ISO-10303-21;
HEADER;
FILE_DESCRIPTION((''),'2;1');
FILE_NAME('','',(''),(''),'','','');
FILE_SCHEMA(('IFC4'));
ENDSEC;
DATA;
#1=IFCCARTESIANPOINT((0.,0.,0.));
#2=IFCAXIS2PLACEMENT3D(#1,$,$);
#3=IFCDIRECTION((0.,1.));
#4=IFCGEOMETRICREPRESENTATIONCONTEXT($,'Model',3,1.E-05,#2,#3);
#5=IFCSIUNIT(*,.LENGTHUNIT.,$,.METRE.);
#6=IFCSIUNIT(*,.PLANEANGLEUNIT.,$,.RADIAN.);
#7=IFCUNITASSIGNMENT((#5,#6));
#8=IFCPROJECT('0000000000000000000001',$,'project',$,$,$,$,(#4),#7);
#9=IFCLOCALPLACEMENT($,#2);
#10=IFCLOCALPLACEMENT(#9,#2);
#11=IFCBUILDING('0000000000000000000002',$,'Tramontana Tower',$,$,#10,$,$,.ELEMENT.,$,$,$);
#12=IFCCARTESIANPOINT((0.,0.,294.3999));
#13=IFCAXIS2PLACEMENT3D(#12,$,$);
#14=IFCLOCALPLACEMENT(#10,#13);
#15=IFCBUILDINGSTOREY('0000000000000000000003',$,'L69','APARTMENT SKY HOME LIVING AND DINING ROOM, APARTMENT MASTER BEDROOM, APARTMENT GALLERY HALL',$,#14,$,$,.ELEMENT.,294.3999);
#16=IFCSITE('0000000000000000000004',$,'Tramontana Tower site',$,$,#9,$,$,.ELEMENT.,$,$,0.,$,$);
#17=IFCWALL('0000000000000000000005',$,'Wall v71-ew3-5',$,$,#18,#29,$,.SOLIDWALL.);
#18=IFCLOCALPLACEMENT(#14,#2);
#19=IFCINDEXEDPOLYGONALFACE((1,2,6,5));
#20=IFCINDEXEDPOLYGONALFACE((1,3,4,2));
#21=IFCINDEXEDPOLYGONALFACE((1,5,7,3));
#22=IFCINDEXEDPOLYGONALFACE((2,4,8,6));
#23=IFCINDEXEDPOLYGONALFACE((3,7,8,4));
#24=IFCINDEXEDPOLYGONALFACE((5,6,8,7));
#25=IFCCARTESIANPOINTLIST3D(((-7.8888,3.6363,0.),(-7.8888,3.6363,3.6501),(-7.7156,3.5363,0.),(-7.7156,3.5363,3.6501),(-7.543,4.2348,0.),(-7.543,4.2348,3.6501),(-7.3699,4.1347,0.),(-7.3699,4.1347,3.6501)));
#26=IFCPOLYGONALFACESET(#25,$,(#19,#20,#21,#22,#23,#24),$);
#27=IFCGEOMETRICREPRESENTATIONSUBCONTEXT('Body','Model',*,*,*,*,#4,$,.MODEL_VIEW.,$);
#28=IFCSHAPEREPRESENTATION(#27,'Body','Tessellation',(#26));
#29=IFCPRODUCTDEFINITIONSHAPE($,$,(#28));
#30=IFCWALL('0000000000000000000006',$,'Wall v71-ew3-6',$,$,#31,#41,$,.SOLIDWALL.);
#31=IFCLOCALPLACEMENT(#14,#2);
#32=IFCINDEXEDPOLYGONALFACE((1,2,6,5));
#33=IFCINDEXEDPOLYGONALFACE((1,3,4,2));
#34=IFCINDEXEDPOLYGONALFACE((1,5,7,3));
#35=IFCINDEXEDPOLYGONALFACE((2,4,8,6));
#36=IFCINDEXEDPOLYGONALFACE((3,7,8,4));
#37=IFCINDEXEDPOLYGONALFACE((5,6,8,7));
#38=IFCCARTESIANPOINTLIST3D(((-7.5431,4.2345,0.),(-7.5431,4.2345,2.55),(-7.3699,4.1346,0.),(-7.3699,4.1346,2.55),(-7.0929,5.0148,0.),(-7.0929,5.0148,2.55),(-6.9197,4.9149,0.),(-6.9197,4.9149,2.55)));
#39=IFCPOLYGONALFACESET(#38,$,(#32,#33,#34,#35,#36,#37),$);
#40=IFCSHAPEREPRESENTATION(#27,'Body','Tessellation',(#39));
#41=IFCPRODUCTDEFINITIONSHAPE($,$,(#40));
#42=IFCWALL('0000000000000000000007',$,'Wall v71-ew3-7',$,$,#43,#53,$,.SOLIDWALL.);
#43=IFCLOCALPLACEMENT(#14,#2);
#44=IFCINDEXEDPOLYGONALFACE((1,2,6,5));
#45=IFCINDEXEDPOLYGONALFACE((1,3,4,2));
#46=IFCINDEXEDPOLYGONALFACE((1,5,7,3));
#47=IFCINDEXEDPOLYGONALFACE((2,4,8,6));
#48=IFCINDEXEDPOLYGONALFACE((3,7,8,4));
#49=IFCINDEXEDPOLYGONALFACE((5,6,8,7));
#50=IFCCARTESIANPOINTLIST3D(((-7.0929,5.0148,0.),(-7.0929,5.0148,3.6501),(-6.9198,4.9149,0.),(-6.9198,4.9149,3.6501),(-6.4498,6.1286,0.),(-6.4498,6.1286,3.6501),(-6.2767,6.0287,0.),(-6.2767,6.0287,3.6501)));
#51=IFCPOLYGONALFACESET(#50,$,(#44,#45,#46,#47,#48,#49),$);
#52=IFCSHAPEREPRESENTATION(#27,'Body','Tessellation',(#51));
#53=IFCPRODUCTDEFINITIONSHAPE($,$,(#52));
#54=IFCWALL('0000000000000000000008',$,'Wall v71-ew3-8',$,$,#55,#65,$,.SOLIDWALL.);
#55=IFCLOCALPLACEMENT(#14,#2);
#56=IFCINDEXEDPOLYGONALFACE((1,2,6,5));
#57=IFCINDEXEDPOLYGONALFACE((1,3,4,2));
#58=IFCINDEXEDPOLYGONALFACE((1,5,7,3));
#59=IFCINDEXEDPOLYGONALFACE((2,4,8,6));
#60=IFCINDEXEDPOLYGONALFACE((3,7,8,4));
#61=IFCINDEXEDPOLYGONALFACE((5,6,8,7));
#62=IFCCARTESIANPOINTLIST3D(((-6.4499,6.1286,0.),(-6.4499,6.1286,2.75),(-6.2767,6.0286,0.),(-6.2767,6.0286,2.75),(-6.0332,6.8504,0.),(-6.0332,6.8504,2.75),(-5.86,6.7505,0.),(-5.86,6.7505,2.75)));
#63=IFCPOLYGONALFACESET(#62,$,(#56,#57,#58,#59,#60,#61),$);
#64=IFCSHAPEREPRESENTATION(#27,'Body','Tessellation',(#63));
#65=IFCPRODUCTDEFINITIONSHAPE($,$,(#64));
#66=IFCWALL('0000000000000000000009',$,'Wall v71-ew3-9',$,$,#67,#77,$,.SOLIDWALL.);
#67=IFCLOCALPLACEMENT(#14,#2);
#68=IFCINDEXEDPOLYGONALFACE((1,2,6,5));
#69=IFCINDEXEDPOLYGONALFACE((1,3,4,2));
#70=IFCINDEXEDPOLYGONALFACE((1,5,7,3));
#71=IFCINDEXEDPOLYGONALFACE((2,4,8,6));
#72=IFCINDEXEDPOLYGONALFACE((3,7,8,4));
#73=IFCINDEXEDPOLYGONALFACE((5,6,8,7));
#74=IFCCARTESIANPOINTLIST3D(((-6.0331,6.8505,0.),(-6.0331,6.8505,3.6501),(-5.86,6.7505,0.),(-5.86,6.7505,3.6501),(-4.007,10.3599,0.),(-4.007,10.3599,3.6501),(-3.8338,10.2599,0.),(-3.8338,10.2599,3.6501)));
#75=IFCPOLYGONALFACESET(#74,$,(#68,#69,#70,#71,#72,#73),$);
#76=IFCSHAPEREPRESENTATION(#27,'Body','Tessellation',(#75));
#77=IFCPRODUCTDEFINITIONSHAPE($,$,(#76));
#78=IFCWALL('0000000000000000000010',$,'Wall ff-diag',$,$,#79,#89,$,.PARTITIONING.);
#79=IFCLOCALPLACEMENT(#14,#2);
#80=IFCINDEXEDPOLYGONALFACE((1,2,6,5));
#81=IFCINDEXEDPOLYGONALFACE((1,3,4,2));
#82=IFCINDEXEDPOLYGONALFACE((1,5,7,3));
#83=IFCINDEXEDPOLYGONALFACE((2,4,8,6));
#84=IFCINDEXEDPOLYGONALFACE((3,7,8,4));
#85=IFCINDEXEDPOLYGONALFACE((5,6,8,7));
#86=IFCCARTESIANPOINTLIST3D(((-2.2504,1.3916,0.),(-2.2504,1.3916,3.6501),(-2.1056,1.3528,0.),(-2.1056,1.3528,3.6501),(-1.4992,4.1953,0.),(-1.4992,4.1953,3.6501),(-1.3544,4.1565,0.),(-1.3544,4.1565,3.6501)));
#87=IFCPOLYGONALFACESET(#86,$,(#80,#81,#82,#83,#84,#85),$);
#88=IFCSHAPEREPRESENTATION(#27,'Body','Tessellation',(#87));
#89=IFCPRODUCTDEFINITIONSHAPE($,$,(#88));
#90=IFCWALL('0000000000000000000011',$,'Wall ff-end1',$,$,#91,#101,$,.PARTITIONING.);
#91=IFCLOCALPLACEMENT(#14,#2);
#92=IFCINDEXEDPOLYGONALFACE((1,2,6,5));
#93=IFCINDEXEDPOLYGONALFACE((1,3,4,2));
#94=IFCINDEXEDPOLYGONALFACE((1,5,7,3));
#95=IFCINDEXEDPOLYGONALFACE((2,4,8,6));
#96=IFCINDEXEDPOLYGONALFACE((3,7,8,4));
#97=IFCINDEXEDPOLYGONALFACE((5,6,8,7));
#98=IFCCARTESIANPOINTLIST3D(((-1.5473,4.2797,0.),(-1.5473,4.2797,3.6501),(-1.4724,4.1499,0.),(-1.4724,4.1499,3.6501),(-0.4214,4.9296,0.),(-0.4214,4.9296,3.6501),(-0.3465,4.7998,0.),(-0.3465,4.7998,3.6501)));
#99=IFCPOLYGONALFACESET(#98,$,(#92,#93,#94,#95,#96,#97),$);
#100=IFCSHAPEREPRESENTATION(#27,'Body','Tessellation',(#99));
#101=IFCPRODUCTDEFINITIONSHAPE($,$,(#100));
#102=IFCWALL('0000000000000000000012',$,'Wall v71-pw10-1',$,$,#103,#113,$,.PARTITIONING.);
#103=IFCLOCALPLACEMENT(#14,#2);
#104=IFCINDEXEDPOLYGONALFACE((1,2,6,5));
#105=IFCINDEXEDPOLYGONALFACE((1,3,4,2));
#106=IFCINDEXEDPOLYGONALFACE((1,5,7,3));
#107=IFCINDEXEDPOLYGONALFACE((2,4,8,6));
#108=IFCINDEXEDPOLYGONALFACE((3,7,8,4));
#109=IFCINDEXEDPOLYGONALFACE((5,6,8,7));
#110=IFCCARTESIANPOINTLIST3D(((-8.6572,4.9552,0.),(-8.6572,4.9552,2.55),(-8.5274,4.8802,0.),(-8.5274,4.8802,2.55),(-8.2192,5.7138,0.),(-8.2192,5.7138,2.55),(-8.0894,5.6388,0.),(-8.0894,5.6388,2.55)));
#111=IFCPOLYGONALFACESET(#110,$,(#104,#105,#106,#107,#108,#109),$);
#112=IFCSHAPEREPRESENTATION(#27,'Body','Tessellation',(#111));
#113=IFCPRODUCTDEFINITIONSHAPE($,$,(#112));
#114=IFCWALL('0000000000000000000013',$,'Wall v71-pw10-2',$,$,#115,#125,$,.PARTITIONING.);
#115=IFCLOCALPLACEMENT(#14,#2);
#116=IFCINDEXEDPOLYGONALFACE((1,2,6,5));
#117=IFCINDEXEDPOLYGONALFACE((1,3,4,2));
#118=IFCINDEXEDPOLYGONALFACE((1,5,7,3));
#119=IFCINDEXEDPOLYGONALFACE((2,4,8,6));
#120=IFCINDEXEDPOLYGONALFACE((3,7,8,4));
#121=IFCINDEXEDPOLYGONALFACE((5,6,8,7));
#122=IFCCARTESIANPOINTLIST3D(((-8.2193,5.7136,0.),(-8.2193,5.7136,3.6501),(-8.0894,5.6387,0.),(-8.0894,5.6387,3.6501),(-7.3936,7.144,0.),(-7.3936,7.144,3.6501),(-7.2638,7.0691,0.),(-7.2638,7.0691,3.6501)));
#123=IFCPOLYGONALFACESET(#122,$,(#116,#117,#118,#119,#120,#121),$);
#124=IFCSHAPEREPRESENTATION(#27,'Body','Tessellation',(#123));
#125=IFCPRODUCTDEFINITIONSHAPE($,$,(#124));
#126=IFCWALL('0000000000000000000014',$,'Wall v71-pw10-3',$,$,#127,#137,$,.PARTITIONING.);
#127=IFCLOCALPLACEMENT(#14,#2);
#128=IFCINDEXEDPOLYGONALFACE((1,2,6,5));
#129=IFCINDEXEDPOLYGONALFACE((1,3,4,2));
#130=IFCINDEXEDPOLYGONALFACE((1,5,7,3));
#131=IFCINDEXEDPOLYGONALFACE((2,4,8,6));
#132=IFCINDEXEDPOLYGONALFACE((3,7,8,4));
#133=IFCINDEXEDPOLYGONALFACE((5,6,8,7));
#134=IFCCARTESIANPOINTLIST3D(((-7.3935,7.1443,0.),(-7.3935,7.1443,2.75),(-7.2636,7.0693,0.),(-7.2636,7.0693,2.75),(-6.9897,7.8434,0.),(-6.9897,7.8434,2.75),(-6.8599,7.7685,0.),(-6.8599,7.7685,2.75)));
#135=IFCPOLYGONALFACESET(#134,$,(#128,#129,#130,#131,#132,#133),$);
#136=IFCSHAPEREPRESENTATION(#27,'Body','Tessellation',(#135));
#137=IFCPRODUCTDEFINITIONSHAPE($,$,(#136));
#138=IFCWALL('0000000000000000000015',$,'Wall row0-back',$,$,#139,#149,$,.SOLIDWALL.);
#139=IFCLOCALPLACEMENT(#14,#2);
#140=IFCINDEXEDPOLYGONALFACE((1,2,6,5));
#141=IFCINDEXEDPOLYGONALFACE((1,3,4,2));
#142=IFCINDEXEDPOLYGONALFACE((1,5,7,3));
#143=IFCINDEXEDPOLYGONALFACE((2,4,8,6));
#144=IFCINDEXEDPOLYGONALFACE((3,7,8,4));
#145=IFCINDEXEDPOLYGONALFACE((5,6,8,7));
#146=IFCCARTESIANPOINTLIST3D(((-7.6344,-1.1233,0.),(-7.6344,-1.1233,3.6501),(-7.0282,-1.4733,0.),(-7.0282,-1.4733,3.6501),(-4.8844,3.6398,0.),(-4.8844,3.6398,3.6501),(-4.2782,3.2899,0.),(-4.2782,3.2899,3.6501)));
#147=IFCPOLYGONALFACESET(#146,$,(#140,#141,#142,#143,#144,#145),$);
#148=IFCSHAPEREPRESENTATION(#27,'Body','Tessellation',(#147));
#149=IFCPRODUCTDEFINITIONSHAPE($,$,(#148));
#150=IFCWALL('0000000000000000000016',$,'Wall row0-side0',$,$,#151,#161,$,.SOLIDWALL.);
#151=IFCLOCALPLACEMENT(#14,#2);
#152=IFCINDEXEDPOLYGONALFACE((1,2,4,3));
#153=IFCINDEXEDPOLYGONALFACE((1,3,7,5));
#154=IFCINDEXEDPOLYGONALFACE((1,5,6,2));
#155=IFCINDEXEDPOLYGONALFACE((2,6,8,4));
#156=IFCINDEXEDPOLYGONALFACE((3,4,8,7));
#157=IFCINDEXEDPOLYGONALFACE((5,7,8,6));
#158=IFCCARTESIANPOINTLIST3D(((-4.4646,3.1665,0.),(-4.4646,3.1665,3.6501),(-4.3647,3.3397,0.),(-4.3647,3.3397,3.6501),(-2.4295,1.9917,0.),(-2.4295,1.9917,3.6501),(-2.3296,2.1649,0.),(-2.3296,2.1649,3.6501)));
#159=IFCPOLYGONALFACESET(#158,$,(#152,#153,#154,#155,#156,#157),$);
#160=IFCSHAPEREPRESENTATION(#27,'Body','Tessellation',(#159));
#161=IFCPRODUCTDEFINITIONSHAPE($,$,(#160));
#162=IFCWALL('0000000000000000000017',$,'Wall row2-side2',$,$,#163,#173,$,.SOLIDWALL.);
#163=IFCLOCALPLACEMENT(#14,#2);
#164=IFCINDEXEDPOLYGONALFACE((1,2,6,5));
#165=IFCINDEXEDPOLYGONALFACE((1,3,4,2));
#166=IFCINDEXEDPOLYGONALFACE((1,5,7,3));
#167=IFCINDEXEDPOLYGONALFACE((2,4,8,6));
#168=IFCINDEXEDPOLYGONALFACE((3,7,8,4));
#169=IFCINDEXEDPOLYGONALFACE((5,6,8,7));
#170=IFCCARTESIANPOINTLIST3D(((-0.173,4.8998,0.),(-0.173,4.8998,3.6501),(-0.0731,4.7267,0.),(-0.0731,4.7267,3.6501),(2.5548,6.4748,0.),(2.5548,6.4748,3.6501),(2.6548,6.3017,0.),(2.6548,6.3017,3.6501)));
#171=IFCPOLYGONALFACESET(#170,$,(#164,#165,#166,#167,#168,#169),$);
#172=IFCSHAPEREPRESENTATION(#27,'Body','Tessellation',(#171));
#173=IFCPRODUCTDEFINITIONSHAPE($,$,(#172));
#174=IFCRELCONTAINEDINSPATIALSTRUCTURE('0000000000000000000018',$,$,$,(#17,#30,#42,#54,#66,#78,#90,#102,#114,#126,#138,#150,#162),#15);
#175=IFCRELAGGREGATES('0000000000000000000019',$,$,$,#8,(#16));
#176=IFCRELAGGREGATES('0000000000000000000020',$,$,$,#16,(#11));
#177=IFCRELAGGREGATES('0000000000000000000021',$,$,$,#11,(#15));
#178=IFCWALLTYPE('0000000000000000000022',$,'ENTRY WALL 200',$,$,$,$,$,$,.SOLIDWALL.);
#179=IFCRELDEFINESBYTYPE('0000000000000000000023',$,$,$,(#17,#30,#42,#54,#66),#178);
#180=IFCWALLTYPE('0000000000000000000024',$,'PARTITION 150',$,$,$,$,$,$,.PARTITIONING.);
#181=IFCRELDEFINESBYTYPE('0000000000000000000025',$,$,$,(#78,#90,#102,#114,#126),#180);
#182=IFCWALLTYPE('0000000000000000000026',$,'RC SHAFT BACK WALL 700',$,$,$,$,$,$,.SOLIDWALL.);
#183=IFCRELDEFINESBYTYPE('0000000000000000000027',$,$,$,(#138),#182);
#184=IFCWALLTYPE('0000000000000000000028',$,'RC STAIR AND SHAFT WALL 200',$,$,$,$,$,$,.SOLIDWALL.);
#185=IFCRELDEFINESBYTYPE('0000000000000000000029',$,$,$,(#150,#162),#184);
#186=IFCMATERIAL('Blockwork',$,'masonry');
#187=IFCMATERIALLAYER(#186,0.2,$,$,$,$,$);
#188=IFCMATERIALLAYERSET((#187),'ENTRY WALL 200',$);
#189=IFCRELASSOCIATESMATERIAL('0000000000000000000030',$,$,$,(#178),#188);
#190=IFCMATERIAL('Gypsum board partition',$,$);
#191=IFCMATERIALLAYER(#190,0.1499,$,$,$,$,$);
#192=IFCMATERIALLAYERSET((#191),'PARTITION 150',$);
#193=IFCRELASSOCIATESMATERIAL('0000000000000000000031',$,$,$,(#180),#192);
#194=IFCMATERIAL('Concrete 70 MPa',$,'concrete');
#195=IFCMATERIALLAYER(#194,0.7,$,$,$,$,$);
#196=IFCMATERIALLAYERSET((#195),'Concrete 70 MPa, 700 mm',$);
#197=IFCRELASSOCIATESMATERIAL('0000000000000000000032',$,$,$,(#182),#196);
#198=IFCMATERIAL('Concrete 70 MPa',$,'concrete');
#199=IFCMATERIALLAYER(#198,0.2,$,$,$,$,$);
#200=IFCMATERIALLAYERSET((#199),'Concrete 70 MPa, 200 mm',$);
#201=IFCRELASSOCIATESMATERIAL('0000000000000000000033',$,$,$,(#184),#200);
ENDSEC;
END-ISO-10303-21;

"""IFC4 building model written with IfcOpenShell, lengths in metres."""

from ifc_helpers import new_model, si_unit, direction, frame, frame_2d, origin, place, context, subcontext, project, spatial, rectangle, extrude, material, layer, layer_set, type_object, element, save


model = new_model("IFC4")

# Units and contexts
model_context = context("Model", 3, precision=1e-05, world=origin(), true_north=direction((0.0, 1.0)))
body_context = subcontext(model_context, "Body", "Model", "MODEL_VIEW")
ifc_project = project(units=[si_unit("LENGTHUNIT", "METRE"), si_unit("PLANEANGLEUNIT", "RADIAN")], contexts=[model_context])

# Site, building, storey
site_placement = place(None, origin())
site = spatial("IfcSite", under=ifc_project, at=site_placement, Name="Tramontana Tower site", CompositionType="ELEMENT", RefElevation=0.0)
building_placement = place(site_placement, origin())
building = spatial("IfcBuilding", under=site, at=building_placement, Name="Tramontana Tower", CompositionType="ELEMENT")
storey_placement = place(building_placement, frame((0.0, 0.0, 294.3999)))
storey = spatial("IfcBuildingStorey", under=building, at=storey_placement, Name="L69", Description="APARTMENT SKY HOME LIVING AND DINING ROOM, APARTMENT MASTER BEDROOM, APARTMENT GALLERY HALL", CompositionType="ELEMENT", Elevation=294.3999)

# Shared definitions
ifc_material_1 = material(Name="Blockwork", Category="masonry")
ifc_layer_1 = layer(ifc_material_1, 0.2)
ifc_layer_set_1 = layer_set([ifc_layer_1], Name="ENTRY WALL 200")
wall_type_1 = type_object("IfcWallType", Name="ENTRY WALL 200", PredefinedType="SOLIDWALL", material=ifc_layer_set_1)

# Walls
wall_1_placement = place(storey_placement, frame((-7.8022, 3.5862, 0.0), z_axis=(0.0, 0.0, 1.0), x_axis=(0.500242, 0.865885, 0.0)))
element("IfcWall", 1, at=wall_1_placement, inside=storey, type_object=wall_type_1, Name="Wall v71-ew3-5", PredefinedType="SOLIDWALL", context=body_context, shape_type="SweptSolid", body=[
    extrude(rectangle(XDim=0.6912, YDim=0.2, at=frame_2d((0.3457, 0.0))), origin(), (0.0, 0.0, 1.0), 3.6501),
])
wall_2_placement = place(storey_placement, frame((-7.4565, 4.1846, 0.0), z_axis=(0.0, 0.0, 1.0), x_axis=(0.499754, 0.866168, 0.0)))
element("IfcWall", 2, at=wall_2_placement, inside=storey, type_object=wall_type_1, Name="Wall v71-ew3-6", PredefinedType="SOLIDWALL", context=body_context, shape_type="SweptSolid", body=[
    extrude(rectangle(XDim=0.9009, YDim=0.2, at=frame_2d((0.4504, 0.0))), origin(), (0.0, 0.0, 1.0), 2.55),
])
wall_3_placement = place(storey_placement, frame((-7.0063, 4.9648, 0.0), z_axis=(0.0, 0.0, 1.0), x_axis=(0.500018, 0.866015, 0.0)))
element("IfcWall", 3, at=wall_3_placement, inside=storey, type_object=wall_type_1, Name="Wall v71-ew3-7", PredefinedType="SOLIDWALL", context=body_context, shape_type="SweptSolid", body=[
    extrude(rectangle(XDim=1.2861, YDim=0.2, at=frame_2d((0.6431, 0.0))), origin(), (0.0, 0.0, 1.0), 3.6501),
])
wall_4_placement = place(storey_placement, frame((-6.3633, 6.0786, 0.0), z_axis=(0.0, 0.0, 1.0), x_axis=(0.499951, 0.866054, 0.0)))
element("IfcWall", 4, at=wall_4_placement, inside=storey, type_object=wall_type_1, Name="Wall v71-ew3-8", PredefinedType="SOLIDWALL", context=body_context, shape_type="SweptSolid", body=[
    extrude(rectangle(XDim=0.8335, YDim=0.2, at=frame_2d((0.4167, 0.0))), origin(), (0.0, 0.0, 1.0), 2.75),
])
wall_5_placement = place(storey_placement, frame((-5.9465, 6.8005, 0.0), z_axis=(0.0, 0.0, 1.0), x_axis=(0.500008, 0.866021, 0.0)))
element("IfcWall", 5, at=wall_5_placement, inside=storey, type_object=wall_type_1, Name="Wall v71-ew3-9", PredefinedType="SOLIDWALL", context=body_context, shape_type="SweptSolid", body=[
    extrude(rectangle(XDim=4.0522, YDim=0.2, at=frame_2d((2.0261, 0.0))), origin(), (0.0, 0.0, 1.0), 3.6501),
])
ifc_material_2 = material(Name="Gypsum board partition")
ifc_layer_2 = layer(ifc_material_2, 0.1499)
ifc_layer_set_2 = layer_set([ifc_layer_2], Name="PARTITION 150")
wall_type_2 = type_object("IfcWallType", Name="PARTITION 150", PredefinedType="PARTITIONING", material=ifc_layer_set_2)
wall_6_placement = place(storey_placement, frame((-2.178, 1.3723, 0.0), z_axis=(0.0, 0.0, 1.0), x_axis=(0.258809, 0.965929, 0.0)))
element("IfcWall", 6, at=wall_6_placement, inside=storey, type_object=wall_type_2, Name="Wall ff-diag", PredefinedType="PARTITIONING", context=body_context, shape_type="SweptSolid", body=[
    extrude(rectangle(XDim=2.9026, YDim=0.1499, at=frame_2d((1.4512, 0.0))), origin(), (0.0, 0.0, 1.0), 3.6501),
])
wall_7_placement = place(storey_placement, frame((-1.5098, 4.2148, 0.0), z_axis=(0.0, 0.0, 1.0), x_axis=(0.866086, 0.499896, 0.0)))
element("IfcWall", 7, at=wall_7_placement, inside=storey, type_object=wall_type_2, Name="Wall ff-end1", PredefinedType="PARTITIONING", context=body_context, shape_type="SweptSolid", body=[
    extrude(rectangle(XDim=1.3, YDim=0.1499, at=frame_2d((0.6499, 0.0))), origin(), (0.0, 0.0, 1.0), 3.6501),
])
wall_8_placement = place(storey_placement, frame((-8.5923, 4.9177, 0.0), z_axis=(0.0, 0.0, 1.0), x_axis=(0.500036, 0.866005, 0.0)))
element("IfcWall", 8, at=wall_8_placement, inside=storey, type_object=wall_type_2, Name="Wall v71-pw10-1", PredefinedType="PARTITIONING", context=body_context, shape_type="SweptSolid", body=[
    extrude(rectangle(XDim=0.876, YDim=0.1499, at=frame_2d((0.438, 0.0))), origin(), (0.0, 0.0, 1.0), 2.55),
])
wall_9_placement = place(storey_placement, frame((-8.1543, 5.6763, 0.0), z_axis=(0.0, 0.0, 1.0), x_axis=(0.499923, 0.86607, 0.0)))
element("IfcWall", 9, at=wall_9_placement, inside=storey, type_object=wall_type_2, Name="Wall v71-pw10-2", PredefinedType="PARTITIONING", context=body_context, shape_type="SweptSolid", body=[
    extrude(rectangle(XDim=1.6516, YDim=0.1499, at=frame_2d((0.8257, 0.0))), origin(), (0.0, 0.0, 1.0), 3.6501),
])
wall_10_placement = place(storey_placement, frame((-7.3286, 7.1067, 0.0), z_axis=(0.0, 0.0, 1.0), x_axis=(0.500106, 0.865964, 0.0)))
element("IfcWall", 10, at=wall_10_placement, inside=storey, type_object=wall_type_2, Name="Wall v71-pw10-3", PredefinedType="PARTITIONING", context=body_context, shape_type="SweptSolid", body=[
    extrude(rectangle(XDim=0.8074, YDim=0.1499, at=frame_2d((0.4038, 0.0))), origin(), (0.0, 0.0, 1.0), 2.75),
])
ifc_material_3 = material(Name="Concrete 70 MPa", Category="concrete")
ifc_layer_3 = layer(ifc_material_3, 0.7)
ifc_layer_set_3 = layer_set([ifc_layer_3], Name="Concrete 70 MPa, 700 mm")
wall_type_3 = type_object("IfcWallType", Name="RC SHAFT BACK WALL 700", PredefinedType="SOLIDWALL", material=ifc_layer_set_3)
wall_11_placement = place(storey_placement, frame((-4.5813, 3.4648, 0.0), z_axis=(0.0, 0.0, 1.0), x_axis=(-0.499997, -0.866027, 0.0)))
element("IfcWall", 11, at=wall_11_placement, inside=storey, type_object=wall_type_3, Name="Wall row0-back", PredefinedType="SOLIDWALL", context=body_context, shape_type="SweptSolid", body=[
    extrude(rectangle(XDim=5.5, YDim=0.7, at=frame_2d((2.75, 0.0))), origin(), (0.0, 0.0, 1.0), 3.6501),
])

# Shared definitions
ifc_material_4 = material(Name="Concrete 70 MPa", Category="concrete")
ifc_layer_4 = layer(ifc_material_4, 0.2)
ifc_layer_set_4 = layer_set([ifc_layer_4], Name="Concrete 70 MPa, 200 mm")
wall_type_4 = type_object("IfcWallType", Name="RC STAIR AND SHAFT WALL 200", PredefinedType="SOLIDWALL", material=ifc_layer_set_4)

# Walls
wall_12_placement = place(storey_placement, frame((-2.3796, 2.0784, 0.0), z_axis=(0.0, 0.0, 1.0), x_axis=(-0.866061, 0.499938, 0.0)))
element("IfcWall", 12, at=wall_12_placement, inside=storey, type_object=wall_type_4, Name="Wall row0-side0", PredefinedType="SOLIDWALL", context=body_context, shape_type="SweptSolid", body=[
    extrude(rectangle(XDim=2.3499, YDim=0.2, at=frame_2d((1.1748, 0.0))), origin(), (0.0, 0.0, 1.0), 3.6501),
])
wall_13_placement = place(storey_placement, frame((-0.123, 4.8132, 0.0), z_axis=(0.0, 0.0, 1.0), x_axis=(0.866016, 0.500015, 0.0)))
element("IfcWall", 13, at=wall_13_placement, inside=storey, type_object=wall_type_4, Name="Wall row2-side2", PredefinedType="SOLIDWALL", context=body_context, shape_type="SweptSolid", body=[
    extrude(rectangle(XDim=3.1499, YDim=0.2, at=frame_2d((1.575, 0.0))), origin(), (0.0, 0.0, 1.0), 3.6501),
])

save(model, "model.ifc")
